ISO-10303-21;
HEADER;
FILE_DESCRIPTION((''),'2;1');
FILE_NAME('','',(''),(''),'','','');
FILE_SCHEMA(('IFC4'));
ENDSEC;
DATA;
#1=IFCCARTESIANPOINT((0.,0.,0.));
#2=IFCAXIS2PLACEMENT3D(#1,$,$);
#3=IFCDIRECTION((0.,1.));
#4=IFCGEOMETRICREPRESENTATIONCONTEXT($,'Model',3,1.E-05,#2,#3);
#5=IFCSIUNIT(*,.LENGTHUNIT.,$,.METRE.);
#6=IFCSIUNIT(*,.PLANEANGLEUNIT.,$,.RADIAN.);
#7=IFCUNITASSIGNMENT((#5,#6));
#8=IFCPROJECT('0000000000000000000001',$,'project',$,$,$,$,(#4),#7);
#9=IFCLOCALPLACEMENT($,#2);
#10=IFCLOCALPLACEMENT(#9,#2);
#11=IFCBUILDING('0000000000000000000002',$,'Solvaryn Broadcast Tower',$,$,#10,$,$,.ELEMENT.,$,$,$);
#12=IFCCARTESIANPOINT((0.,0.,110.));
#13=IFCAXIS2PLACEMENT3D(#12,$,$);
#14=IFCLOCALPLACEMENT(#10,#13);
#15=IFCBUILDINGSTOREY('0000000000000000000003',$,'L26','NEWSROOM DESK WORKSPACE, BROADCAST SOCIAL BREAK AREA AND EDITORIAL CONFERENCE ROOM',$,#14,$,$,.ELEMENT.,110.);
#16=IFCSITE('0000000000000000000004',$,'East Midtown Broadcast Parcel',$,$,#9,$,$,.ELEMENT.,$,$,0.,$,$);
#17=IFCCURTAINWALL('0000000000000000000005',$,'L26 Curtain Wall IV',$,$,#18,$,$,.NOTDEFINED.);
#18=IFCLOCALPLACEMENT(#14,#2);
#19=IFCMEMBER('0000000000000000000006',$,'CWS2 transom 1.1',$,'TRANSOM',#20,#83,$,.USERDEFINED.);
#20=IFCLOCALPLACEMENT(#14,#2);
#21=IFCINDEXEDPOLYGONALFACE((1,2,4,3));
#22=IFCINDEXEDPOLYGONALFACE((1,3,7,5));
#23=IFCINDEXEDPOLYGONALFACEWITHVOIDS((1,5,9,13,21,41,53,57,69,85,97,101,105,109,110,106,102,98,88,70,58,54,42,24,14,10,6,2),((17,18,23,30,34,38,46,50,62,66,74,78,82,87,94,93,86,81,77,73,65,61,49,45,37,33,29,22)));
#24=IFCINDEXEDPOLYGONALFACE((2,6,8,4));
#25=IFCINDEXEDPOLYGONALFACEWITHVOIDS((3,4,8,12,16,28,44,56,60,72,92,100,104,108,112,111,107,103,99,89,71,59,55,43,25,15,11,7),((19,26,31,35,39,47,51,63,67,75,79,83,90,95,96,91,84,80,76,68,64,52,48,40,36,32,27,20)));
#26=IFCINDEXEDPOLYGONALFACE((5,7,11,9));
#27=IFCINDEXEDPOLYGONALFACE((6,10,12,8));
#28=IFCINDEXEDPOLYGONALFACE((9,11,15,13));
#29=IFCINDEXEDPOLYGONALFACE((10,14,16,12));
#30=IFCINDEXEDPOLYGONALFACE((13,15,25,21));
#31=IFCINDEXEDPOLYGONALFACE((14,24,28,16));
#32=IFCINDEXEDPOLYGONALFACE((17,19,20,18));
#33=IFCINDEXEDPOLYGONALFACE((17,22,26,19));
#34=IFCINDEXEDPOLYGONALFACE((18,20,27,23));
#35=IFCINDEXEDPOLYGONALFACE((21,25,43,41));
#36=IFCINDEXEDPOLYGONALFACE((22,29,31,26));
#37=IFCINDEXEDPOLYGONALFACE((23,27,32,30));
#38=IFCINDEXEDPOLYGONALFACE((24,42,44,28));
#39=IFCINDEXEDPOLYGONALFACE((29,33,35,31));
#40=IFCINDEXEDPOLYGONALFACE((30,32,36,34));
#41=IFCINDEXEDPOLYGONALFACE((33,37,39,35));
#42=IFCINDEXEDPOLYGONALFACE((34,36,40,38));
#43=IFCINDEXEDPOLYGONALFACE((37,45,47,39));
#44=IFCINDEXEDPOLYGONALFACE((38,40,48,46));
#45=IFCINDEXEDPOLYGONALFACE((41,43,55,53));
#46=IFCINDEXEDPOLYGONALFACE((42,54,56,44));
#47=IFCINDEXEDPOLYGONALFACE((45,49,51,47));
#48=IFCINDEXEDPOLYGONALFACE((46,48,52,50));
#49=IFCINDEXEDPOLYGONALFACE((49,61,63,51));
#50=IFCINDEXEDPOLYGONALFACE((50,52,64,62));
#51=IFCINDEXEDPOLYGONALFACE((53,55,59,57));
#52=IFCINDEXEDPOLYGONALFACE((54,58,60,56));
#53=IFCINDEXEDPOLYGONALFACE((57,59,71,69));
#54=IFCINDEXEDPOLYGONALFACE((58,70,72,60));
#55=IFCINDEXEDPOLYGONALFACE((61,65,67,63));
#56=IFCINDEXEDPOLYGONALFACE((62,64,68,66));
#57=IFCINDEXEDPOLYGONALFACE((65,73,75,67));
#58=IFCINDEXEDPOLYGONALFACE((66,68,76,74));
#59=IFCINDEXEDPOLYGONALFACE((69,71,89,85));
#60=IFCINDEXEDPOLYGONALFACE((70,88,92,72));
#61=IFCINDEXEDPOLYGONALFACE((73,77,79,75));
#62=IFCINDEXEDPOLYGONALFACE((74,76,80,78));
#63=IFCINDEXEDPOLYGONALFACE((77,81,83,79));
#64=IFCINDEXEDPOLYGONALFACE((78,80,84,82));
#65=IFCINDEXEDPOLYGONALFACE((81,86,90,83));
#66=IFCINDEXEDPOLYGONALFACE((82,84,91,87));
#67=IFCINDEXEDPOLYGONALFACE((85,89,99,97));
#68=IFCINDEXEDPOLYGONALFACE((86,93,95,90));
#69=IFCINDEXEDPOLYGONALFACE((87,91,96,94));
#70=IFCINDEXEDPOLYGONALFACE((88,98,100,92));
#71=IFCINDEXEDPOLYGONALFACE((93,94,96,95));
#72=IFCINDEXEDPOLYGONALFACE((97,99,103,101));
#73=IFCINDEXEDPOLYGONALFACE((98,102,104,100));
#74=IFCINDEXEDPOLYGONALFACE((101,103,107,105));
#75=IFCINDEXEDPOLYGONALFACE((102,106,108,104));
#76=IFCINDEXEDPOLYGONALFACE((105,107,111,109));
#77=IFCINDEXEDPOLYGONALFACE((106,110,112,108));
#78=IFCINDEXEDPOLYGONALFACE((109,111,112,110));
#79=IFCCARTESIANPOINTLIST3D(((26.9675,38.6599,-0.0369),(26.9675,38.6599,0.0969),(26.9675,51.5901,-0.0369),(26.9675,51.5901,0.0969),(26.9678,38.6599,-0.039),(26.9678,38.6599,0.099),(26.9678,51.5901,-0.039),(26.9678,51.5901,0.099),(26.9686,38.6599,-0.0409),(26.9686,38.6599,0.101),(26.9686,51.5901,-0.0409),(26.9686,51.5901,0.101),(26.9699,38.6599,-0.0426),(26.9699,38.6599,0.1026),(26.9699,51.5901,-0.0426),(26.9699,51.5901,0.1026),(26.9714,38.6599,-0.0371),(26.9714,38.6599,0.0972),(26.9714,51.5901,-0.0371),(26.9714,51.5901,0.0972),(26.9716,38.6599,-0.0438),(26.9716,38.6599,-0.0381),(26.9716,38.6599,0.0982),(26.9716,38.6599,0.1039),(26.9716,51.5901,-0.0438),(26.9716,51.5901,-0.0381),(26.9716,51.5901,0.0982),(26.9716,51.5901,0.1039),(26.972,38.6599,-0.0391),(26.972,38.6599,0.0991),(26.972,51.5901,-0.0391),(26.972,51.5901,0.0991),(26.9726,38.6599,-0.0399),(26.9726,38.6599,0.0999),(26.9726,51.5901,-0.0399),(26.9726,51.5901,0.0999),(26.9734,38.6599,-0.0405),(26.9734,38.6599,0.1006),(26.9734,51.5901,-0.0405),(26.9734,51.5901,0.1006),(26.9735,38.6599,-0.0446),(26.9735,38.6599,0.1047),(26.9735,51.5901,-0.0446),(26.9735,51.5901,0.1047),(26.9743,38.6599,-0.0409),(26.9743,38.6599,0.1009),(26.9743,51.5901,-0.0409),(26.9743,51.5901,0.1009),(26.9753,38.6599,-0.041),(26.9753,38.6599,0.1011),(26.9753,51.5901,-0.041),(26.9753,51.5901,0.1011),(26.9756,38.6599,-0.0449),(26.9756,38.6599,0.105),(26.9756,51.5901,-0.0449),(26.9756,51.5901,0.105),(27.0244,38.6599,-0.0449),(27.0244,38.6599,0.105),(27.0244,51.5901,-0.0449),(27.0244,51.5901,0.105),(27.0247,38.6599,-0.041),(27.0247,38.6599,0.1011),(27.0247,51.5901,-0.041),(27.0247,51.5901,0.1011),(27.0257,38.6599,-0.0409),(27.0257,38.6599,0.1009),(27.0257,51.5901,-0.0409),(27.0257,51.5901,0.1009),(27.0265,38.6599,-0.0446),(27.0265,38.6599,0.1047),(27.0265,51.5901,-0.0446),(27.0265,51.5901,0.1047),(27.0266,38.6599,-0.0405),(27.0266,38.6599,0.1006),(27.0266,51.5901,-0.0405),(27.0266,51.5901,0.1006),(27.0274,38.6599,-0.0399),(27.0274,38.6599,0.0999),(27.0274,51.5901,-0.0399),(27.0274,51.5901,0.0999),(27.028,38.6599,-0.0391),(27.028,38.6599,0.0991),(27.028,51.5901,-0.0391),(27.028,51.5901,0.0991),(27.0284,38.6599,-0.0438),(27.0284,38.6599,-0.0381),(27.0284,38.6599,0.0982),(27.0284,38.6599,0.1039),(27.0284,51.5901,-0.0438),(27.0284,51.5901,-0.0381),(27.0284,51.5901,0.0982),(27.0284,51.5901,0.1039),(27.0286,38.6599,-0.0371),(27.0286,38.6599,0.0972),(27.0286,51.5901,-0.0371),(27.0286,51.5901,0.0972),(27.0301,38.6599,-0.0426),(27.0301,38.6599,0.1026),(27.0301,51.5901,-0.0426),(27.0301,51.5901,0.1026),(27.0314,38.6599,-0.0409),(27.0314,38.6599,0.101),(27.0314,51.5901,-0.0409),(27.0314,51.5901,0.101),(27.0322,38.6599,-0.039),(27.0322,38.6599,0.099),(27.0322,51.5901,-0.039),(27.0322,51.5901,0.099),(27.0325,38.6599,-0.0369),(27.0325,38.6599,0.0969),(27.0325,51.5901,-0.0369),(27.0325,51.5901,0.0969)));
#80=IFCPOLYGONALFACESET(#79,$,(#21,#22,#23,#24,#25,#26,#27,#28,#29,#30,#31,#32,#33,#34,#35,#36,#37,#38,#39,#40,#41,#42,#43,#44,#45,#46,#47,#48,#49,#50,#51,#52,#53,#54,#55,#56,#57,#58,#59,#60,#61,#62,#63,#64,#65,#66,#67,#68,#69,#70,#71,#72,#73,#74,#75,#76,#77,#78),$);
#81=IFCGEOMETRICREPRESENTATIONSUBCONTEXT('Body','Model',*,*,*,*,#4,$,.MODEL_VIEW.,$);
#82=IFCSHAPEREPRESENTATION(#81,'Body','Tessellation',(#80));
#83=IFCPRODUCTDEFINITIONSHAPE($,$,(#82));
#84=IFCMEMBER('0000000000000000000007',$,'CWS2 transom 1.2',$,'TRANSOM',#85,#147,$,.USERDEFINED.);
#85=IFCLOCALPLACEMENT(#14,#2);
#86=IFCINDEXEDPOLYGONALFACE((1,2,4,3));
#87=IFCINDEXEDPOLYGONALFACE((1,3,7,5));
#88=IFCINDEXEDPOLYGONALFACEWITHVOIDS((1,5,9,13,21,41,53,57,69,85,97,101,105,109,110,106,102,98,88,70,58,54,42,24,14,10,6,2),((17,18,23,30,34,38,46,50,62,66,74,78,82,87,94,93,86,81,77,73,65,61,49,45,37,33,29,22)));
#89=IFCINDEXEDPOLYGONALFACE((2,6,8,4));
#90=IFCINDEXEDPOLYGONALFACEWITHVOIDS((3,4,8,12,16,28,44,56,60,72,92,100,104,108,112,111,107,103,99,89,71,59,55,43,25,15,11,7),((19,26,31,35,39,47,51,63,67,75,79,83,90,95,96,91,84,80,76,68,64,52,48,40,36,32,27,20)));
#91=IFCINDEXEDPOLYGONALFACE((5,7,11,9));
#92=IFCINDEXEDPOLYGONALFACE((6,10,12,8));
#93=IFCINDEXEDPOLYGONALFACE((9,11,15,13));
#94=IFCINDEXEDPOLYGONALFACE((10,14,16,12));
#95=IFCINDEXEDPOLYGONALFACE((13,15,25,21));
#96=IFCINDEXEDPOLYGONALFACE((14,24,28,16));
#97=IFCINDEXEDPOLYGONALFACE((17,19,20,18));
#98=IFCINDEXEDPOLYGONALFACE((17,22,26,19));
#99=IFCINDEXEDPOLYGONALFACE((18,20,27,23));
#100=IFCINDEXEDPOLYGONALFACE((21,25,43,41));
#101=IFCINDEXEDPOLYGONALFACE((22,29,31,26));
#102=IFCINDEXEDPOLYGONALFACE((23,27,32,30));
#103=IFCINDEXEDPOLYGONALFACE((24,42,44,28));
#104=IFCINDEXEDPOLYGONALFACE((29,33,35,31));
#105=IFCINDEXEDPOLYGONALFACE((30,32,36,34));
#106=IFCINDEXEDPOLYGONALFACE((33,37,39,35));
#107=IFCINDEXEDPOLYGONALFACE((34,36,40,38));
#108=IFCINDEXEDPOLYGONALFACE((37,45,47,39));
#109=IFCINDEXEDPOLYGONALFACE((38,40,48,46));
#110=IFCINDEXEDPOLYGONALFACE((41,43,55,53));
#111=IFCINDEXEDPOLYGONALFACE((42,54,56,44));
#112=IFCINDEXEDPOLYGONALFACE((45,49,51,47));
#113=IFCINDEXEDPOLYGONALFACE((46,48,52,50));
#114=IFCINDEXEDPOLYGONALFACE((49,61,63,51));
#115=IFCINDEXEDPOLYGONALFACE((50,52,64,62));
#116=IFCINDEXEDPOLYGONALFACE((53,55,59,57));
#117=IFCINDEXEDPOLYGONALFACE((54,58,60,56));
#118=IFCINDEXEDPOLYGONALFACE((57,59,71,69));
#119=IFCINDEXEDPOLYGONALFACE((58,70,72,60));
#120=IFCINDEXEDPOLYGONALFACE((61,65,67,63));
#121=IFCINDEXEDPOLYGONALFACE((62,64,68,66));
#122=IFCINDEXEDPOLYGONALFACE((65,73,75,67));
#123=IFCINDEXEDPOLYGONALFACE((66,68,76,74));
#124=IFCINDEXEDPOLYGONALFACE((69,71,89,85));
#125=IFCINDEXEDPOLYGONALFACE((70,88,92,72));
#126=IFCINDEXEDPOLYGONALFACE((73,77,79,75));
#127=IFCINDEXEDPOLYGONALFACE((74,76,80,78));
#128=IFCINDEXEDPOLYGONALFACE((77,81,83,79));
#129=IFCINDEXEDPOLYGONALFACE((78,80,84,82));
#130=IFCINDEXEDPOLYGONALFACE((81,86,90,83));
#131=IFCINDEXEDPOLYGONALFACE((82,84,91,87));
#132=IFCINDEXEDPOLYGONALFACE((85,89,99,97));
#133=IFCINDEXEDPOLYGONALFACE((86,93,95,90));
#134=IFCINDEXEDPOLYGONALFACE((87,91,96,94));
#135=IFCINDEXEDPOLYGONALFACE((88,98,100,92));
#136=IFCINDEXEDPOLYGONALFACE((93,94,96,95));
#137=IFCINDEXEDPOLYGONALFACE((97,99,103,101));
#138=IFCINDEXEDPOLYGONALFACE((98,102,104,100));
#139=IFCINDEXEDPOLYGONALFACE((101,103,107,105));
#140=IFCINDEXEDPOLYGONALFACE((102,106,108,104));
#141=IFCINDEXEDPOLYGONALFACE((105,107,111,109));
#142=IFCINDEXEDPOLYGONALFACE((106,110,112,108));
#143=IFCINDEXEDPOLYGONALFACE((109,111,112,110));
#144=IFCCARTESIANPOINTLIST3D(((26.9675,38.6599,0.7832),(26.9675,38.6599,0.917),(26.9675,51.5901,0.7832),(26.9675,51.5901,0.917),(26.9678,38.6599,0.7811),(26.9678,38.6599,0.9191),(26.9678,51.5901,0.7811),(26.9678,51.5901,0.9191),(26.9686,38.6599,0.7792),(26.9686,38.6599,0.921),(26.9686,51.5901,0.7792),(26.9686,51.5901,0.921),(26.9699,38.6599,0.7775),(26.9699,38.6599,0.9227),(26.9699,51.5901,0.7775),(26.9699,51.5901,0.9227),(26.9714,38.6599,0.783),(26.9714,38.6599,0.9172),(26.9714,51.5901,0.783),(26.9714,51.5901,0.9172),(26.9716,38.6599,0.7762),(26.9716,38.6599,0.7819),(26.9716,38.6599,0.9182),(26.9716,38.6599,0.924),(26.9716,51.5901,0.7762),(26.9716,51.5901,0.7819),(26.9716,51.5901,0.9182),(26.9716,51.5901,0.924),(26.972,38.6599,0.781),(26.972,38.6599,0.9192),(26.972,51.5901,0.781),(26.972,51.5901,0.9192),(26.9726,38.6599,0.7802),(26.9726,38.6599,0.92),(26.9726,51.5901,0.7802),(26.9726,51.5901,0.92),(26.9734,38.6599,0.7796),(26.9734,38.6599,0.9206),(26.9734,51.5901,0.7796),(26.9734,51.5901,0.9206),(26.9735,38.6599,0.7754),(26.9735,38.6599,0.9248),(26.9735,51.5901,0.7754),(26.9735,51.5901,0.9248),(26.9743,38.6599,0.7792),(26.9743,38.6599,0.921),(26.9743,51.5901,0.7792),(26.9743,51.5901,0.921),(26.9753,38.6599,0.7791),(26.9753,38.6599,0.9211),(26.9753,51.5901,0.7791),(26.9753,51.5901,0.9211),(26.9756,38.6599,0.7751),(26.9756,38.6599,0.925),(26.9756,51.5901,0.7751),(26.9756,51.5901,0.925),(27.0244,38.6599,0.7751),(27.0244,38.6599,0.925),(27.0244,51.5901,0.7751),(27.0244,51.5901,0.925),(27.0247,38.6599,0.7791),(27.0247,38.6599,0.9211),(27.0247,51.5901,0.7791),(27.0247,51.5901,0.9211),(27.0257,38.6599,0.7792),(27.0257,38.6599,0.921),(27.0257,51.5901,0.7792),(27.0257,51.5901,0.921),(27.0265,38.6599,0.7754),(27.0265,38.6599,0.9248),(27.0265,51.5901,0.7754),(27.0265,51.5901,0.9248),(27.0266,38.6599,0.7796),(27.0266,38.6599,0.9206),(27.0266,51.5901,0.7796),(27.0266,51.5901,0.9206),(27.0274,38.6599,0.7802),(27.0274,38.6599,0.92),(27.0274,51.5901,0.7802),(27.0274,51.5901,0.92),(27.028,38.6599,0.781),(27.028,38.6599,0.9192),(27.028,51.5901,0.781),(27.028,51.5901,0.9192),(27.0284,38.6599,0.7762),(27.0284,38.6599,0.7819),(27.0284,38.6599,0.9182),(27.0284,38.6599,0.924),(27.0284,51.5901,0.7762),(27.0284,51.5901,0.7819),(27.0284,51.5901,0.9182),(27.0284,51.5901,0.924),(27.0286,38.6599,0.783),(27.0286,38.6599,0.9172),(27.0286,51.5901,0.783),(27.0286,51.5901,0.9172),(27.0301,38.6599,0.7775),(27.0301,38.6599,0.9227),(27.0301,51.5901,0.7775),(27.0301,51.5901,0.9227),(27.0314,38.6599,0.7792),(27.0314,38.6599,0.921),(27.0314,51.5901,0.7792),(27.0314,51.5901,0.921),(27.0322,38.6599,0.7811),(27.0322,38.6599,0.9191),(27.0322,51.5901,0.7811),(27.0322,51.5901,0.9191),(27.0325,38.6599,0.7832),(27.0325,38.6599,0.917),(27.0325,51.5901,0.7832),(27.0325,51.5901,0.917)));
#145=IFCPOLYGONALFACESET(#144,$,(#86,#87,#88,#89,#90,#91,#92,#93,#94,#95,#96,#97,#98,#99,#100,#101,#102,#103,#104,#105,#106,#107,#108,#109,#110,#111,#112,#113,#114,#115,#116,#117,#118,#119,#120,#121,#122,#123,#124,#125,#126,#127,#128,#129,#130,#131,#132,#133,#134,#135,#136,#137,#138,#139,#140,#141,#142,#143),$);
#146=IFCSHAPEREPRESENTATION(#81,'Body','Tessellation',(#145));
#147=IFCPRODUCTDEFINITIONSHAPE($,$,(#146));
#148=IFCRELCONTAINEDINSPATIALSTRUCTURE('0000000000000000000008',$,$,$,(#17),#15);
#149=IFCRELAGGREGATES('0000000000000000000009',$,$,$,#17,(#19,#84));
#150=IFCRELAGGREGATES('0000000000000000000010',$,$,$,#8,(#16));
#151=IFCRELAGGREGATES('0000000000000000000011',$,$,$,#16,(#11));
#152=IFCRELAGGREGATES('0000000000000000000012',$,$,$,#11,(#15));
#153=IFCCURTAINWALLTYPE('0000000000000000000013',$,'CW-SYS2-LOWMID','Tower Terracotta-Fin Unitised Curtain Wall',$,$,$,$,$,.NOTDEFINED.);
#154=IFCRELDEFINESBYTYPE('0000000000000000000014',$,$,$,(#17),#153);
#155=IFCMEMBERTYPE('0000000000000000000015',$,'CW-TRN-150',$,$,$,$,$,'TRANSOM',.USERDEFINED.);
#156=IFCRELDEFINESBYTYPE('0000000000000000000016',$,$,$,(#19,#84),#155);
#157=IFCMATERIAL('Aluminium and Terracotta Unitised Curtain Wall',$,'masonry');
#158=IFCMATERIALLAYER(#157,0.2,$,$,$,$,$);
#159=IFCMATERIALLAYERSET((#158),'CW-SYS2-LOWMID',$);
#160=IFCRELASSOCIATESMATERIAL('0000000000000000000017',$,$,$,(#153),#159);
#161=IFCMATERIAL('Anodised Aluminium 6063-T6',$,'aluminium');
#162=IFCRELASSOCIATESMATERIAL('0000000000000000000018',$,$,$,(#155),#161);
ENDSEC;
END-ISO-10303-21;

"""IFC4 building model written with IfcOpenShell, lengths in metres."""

from ifc_helpers import new_model, si_unit, direction, frame, origin, origin_2d, place, context, subcontext, project, spatial, hollow_rectangle, extrude, material, layer, layer_set, material_profile, profile_set, type_object, element, aggregate, save


model = new_model("IFC4")

# Units and contexts
model_context = context("Model", 3, precision=1e-05, world=origin(), true_north=direction((0.0, 1.0)))
body_context = subcontext(model_context, "Body", "Model", "MODEL_VIEW")
ifc_project = project(units=[si_unit("LENGTHUNIT", "METRE"), si_unit("PLANEANGLEUNIT", "RADIAN")], contexts=[model_context])

# Site, building, storey
site_placement = place(None, origin())
site = spatial("IfcSite", under=ifc_project, at=site_placement, Name="East Midtown Broadcast Parcel", CompositionType="ELEMENT", RefElevation=0.0)
building_placement = place(site_placement, origin())
building = spatial("IfcBuilding", under=site, at=building_placement, Name="Solvaryn Broadcast Tower", CompositionType="ELEMENT")
storey_placement = place(building_placement, frame((0.0, 0.0, 110.0)))
storey = spatial("IfcBuildingStorey", under=building, at=storey_placement, Name="L26", Description="NEWSROOM DESK WORKSPACE, BROADCAST SOCIAL BREAK AREA AND EDITORIAL CONFERENCE ROOM", CompositionType="ELEMENT", Elevation=110.0)

# Curtain wall
ifc_material_1 = material(Name="Aluminium and Terracotta Unitised Curtain Wall", Category="masonry")
ifc_layer_1 = layer(ifc_material_1, 0.2)
ifc_layer_set_1 = layer_set([ifc_layer_1], Name="CW-SYS2-LOWMID")
curtain_wall_type = type_object("IfcCurtainWallType", Name="CW-SYS2-LOWMID", Description="Tower Terracotta-Fin Unitised Curtain Wall", PredefinedType="NOTDEFINED", material=ifc_layer_set_1)
curtain_wall_1_placement = place(storey_placement, origin())
curtain_wall_1 = element("IfcCurtainWall", 1, at=curtain_wall_1_placement, inside=storey, type_object=curtain_wall_type, Name="L26 Curtain Wall IV", PredefinedType="NOTDEFINED")

# Members
ifc_material_2 = material(Name="Anodised Aluminium 6063-T6", Category="aluminium")
ifc_material_profile_1 = material_profile(ifc_material_2, hollow_rectangle(XDim=0.0649, YDim=0.1499, WallThickness=0.0039, InnerFilletRadius=0.0039, OuterFilletRadius=0.0081, at=origin_2d()))
ifc_profile_set_1 = profile_set([ifc_material_profile_1], Name="Anodised Aluminium 6063-T6")
member_type_1 = type_object("IfcMemberType", Name="CW-TRN-150", ElementType="TRANSOM", PredefinedType="USERDEFINED", material=ifc_profile_set_1)
member_1_placement = place(storey_placement, frame((27.0, 51.5901, 0.03), z_axis=(0.0, -1.0, 0.0), x_axis=(1.0, 0.0, 0.0)))
member_1 = element("IfcMember", 2, at=member_1_placement, type_object=member_type_1, Name="CWS2 transom 1.1", ObjectType="TRANSOM", PredefinedType="USERDEFINED", context=body_context, shape_type="SweptSolid", body=[
    extrude(hollow_rectangle(XDim=0.0649, YDim=0.1499, WallThickness=0.0039, InnerFilletRadius=0.0039, OuterFilletRadius=0.0081, at=origin_2d()), origin(), (0.0, 0.0, 1.0), 12.9302),
])
member_2_placement = place(storey_placement, frame((27.0, 51.5901, 0.8501), z_axis=(0.0, -1.0, 0.0), x_axis=(1.0, 0.0, 0.0)))
member_2 = element("IfcMember", 3, at=member_2_placement, type_object=member_type_1, Name="CWS2 transom 1.2", ObjectType="TRANSOM", PredefinedType="USERDEFINED", context=body_context, shape_type="SweptSolid", body=[
    extrude(hollow_rectangle(XDim=0.0649, YDim=0.1499, WallThickness=0.0039, InnerFilletRadius=0.0039, OuterFilletRadius=0.0081, at=origin_2d()), origin(), (0.0, 0.0, 1.0), 12.9302),
])

aggregate(curtain_wall_1, [member_1, member_2])

save(model, "model.ifc")
